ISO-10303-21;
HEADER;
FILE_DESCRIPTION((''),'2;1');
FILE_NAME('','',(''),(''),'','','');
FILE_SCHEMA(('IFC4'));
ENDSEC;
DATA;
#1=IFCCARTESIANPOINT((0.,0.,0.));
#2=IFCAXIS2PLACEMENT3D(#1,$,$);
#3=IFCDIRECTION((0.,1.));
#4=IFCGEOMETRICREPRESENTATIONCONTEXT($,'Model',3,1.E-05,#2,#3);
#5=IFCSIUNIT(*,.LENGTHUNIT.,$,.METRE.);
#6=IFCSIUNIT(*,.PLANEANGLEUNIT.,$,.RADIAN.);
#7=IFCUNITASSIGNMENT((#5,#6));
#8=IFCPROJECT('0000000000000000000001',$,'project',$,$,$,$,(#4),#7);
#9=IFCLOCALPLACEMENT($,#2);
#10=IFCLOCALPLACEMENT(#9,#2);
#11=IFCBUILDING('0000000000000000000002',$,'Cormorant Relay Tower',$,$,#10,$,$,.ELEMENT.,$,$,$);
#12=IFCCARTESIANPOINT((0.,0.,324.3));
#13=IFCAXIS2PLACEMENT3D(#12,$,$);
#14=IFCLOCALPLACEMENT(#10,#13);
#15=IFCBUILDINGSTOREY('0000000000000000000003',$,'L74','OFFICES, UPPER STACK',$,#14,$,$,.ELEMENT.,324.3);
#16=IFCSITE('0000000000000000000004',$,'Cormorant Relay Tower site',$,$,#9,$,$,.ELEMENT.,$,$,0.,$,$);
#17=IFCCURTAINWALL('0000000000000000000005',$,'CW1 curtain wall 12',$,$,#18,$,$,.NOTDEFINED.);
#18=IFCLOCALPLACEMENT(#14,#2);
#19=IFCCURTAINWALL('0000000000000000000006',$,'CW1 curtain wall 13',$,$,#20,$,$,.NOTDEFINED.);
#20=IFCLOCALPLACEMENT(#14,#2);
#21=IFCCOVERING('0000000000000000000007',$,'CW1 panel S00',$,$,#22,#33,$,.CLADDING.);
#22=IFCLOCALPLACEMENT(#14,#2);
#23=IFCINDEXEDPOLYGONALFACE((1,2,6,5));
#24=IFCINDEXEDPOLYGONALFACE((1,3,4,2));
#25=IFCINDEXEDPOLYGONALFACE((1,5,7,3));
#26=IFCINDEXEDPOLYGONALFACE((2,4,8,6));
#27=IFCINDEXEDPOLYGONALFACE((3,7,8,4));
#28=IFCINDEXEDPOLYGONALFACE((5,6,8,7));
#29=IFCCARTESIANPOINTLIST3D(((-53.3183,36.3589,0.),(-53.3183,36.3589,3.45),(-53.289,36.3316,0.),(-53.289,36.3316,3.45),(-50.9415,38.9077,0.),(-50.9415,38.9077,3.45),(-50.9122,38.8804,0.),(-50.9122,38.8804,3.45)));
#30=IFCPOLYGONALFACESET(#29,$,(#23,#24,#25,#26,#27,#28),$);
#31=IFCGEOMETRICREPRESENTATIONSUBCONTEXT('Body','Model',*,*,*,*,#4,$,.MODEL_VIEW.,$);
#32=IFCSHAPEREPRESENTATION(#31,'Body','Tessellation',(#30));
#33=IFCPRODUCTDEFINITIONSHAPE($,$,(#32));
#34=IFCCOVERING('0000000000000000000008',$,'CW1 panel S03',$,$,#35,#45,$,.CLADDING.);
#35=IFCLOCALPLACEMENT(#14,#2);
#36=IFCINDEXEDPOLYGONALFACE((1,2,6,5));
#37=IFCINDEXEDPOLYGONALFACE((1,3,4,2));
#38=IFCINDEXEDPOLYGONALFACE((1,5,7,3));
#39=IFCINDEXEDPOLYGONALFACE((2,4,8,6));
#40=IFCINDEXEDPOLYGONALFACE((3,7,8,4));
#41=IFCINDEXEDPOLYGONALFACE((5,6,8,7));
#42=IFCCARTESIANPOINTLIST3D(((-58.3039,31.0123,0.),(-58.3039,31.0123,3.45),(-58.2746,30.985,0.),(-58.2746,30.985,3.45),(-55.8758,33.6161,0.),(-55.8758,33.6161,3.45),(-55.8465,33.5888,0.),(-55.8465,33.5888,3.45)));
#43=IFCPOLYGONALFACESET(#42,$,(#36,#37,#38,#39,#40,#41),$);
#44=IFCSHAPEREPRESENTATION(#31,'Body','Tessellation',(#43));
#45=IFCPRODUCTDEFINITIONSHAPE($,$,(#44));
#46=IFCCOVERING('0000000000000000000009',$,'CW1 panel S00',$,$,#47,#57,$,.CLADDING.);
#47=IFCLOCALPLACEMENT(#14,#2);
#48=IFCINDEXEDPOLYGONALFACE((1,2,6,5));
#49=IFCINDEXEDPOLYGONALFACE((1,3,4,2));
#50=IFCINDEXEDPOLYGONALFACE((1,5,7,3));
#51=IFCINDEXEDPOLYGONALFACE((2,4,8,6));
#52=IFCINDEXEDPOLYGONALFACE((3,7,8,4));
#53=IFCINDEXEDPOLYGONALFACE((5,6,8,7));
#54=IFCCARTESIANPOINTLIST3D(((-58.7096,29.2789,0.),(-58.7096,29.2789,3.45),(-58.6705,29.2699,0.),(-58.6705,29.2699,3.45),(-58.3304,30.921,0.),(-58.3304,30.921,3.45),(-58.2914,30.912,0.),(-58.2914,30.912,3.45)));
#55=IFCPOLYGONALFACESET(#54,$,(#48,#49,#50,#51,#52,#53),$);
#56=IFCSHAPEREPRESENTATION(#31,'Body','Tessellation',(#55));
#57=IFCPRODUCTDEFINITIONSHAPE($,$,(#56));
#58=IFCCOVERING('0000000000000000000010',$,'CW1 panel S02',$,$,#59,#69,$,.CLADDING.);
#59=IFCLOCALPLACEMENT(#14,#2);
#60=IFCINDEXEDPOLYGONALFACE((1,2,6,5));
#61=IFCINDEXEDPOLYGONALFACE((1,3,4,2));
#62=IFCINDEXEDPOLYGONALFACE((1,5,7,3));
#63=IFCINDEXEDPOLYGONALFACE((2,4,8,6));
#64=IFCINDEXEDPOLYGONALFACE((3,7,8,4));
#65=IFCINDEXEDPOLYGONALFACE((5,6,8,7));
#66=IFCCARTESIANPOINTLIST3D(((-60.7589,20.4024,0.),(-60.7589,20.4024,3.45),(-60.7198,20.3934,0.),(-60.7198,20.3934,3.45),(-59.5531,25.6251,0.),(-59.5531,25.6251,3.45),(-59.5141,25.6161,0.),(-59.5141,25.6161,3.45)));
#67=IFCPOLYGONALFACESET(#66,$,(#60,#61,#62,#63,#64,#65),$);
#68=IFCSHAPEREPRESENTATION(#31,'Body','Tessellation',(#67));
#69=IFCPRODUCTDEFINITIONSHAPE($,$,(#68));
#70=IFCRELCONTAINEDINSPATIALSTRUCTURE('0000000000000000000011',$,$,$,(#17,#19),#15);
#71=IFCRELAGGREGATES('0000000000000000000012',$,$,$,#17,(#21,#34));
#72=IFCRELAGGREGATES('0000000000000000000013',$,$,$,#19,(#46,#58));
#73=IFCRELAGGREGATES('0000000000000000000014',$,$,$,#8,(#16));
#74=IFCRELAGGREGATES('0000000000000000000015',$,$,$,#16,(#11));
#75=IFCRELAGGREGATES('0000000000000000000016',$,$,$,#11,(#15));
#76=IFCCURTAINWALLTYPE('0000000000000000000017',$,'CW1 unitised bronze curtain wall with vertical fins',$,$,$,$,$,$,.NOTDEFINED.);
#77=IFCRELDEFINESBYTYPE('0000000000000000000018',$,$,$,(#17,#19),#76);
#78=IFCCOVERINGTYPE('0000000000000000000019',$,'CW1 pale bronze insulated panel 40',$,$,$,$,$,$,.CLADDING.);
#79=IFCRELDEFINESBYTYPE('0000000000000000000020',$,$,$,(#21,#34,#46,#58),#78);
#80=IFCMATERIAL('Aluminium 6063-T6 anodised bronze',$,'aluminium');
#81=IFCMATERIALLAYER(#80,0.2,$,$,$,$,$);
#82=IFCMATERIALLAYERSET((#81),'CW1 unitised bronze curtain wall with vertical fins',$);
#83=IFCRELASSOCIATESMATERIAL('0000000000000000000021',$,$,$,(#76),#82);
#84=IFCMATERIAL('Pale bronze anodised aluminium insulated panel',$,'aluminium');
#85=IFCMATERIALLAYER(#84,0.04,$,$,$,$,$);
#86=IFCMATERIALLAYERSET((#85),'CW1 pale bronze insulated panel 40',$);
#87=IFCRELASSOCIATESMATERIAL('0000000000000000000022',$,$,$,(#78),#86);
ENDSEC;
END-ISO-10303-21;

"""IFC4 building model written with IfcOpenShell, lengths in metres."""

from ifc_helpers import new_model, si_unit, direction, frame, origin, origin_2d, place, context, subcontext, project, spatial, rectangle, extrude, material, layer, layer_set, type_object, element, aggregate, save


model = new_model("IFC4")

# Units and contexts
model_context = context("Model", 3, precision=1e-05, world=origin(), true_north=direction((0.0, 1.0)))
body_context = subcontext(model_context, "Body", "Model", "MODEL_VIEW")
ifc_project = project(units=[si_unit("LENGTHUNIT", "METRE"), si_unit("PLANEANGLEUNIT", "RADIAN")], contexts=[model_context])

# Site, building, storey
site_placement = place(None, origin())
site = spatial("IfcSite", under=ifc_project, at=site_placement, Name="Cormorant Relay Tower site", CompositionType="ELEMENT", RefElevation=0.0)
building_placement = place(site_placement, origin())
building = spatial("IfcBuilding", under=site, at=building_placement, Name="Cormorant Relay Tower", CompositionType="ELEMENT")
storey_placement = place(building_placement, frame((0.0, 0.0, 324.3)))
storey = spatial("IfcBuildingStorey", under=building, at=storey_placement, Name="L74", Description="OFFICES, UPPER STACK", CompositionType="ELEMENT", Elevation=324.3)

# Curtain walls
ifc_material_1 = material(Name="Aluminium 6063-T6 anodised bronze", Category="aluminium")
ifc_layer_1 = layer(ifc_material_1, 0.2)
ifc_layer_set_1 = layer_set([ifc_layer_1], Name="CW1 unitised bronze curtain wall with vertical fins")
curtain_wall_type = type_object("IfcCurtainWallType", Name="CW1 unitised bronze curtain wall with vertical fins", PredefinedType="NOTDEFINED", material=ifc_layer_set_1)
curtain_wall_1_placement = place(storey_placement, origin())
curtain_wall_1 = element("IfcCurtainWall", 1, at=curtain_wall_1_placement, inside=storey, type_object=curtain_wall_type, Name="CW1 curtain wall 12", PredefinedType="NOTDEFINED")
curtain_wall_2_placement = place(storey_placement, origin())
curtain_wall_2 = element("IfcCurtainWall", 2, at=curtain_wall_2_placement, inside=storey, type_object=curtain_wall_type, Name="CW1 curtain wall 13", PredefinedType="NOTDEFINED")

# Coverings
ifc_material_2 = material(Name="Pale bronze anodised aluminium insulated panel", Category="aluminium")
ifc_layer_2 = layer(ifc_material_2, 0.04)
ifc_layer_set_2 = layer_set([ifc_layer_2], Name="CW1 pale bronze insulated panel 40")
covering_type = type_object("IfcCoveringType", Name="CW1 pale bronze insulated panel 40", PredefinedType="CLADDING", material=ifc_layer_set_2)
covering_1_placement = place(storey_placement, frame((-52.1152, 37.6196, 0.0), z_axis=(0.0, 0.0, 1.0), x_axis=(-0.681998, -0.731354, 0.0)))
covering_1 = element("IfcCovering", 3, at=covering_1_placement, type_object=covering_type, Name="CW1 panel S00", PredefinedType="CLADDING", context=body_context, shape_type="SweptSolid", body=[
    extrude(rectangle(XDim=3.4851, YDim=0.04, at=origin_2d()), origin(), (0.0, 0.0, 1.0), 3.45),
])
covering_2_placement = place(storey_placement, frame((-57.0752, 32.3005, 0.0), z_axis=(0.0, 0.0, 1.0), x_axis=(-0.681998, -0.731354, 0.0)))
covering_2 = element("IfcCovering", 4, at=covering_2_placement, type_object=covering_type, Name="CW1 panel S03", PredefinedType="CLADDING", context=body_context, shape_type="SweptSolid", body=[
    extrude(rectangle(XDim=3.5603, YDim=0.04, at=origin_2d()), origin(), (0.0, 0.0, 1.0), 3.45),
])
aggregate(curtain_wall_1, [covering_1, covering_2])
covering_3_placement = place(storey_placement, frame((-58.5005, 30.0955, 0.0), z_axis=(0.0, 0.0, 1.0), x_axis=(-0.224951, -0.97437, 0.0)))
covering_3 = element("IfcCovering", 5, at=covering_3_placement, type_object=covering_type, Name="CW1 panel S00", PredefinedType="CLADDING", context=body_context, shape_type="SweptSolid", body=[
    extrude(rectangle(XDim=1.6853, YDim=0.04, at=origin_2d()), origin(), (0.0, 0.0, 1.0), 3.45),
])
covering_4_placement = place(storey_placement, frame((-60.1365, 23.0093, 0.0), z_axis=(0.0, 0.0, 1.0), x_axis=(-0.224951, -0.97437, 0.0)))
covering_4 = element("IfcCovering", 6, at=covering_4_placement, type_object=covering_type, Name="CW1 panel S02", PredefinedType="CLADDING", context=body_context, shape_type="SweptSolid", body=[
    extrude(rectangle(XDim=5.3601, YDim=0.04, at=origin_2d()), origin(), (0.0, 0.0, 1.0), 3.45),
])
aggregate(curtain_wall_2, [covering_3, covering_4])

save(model, "model.ifc")
